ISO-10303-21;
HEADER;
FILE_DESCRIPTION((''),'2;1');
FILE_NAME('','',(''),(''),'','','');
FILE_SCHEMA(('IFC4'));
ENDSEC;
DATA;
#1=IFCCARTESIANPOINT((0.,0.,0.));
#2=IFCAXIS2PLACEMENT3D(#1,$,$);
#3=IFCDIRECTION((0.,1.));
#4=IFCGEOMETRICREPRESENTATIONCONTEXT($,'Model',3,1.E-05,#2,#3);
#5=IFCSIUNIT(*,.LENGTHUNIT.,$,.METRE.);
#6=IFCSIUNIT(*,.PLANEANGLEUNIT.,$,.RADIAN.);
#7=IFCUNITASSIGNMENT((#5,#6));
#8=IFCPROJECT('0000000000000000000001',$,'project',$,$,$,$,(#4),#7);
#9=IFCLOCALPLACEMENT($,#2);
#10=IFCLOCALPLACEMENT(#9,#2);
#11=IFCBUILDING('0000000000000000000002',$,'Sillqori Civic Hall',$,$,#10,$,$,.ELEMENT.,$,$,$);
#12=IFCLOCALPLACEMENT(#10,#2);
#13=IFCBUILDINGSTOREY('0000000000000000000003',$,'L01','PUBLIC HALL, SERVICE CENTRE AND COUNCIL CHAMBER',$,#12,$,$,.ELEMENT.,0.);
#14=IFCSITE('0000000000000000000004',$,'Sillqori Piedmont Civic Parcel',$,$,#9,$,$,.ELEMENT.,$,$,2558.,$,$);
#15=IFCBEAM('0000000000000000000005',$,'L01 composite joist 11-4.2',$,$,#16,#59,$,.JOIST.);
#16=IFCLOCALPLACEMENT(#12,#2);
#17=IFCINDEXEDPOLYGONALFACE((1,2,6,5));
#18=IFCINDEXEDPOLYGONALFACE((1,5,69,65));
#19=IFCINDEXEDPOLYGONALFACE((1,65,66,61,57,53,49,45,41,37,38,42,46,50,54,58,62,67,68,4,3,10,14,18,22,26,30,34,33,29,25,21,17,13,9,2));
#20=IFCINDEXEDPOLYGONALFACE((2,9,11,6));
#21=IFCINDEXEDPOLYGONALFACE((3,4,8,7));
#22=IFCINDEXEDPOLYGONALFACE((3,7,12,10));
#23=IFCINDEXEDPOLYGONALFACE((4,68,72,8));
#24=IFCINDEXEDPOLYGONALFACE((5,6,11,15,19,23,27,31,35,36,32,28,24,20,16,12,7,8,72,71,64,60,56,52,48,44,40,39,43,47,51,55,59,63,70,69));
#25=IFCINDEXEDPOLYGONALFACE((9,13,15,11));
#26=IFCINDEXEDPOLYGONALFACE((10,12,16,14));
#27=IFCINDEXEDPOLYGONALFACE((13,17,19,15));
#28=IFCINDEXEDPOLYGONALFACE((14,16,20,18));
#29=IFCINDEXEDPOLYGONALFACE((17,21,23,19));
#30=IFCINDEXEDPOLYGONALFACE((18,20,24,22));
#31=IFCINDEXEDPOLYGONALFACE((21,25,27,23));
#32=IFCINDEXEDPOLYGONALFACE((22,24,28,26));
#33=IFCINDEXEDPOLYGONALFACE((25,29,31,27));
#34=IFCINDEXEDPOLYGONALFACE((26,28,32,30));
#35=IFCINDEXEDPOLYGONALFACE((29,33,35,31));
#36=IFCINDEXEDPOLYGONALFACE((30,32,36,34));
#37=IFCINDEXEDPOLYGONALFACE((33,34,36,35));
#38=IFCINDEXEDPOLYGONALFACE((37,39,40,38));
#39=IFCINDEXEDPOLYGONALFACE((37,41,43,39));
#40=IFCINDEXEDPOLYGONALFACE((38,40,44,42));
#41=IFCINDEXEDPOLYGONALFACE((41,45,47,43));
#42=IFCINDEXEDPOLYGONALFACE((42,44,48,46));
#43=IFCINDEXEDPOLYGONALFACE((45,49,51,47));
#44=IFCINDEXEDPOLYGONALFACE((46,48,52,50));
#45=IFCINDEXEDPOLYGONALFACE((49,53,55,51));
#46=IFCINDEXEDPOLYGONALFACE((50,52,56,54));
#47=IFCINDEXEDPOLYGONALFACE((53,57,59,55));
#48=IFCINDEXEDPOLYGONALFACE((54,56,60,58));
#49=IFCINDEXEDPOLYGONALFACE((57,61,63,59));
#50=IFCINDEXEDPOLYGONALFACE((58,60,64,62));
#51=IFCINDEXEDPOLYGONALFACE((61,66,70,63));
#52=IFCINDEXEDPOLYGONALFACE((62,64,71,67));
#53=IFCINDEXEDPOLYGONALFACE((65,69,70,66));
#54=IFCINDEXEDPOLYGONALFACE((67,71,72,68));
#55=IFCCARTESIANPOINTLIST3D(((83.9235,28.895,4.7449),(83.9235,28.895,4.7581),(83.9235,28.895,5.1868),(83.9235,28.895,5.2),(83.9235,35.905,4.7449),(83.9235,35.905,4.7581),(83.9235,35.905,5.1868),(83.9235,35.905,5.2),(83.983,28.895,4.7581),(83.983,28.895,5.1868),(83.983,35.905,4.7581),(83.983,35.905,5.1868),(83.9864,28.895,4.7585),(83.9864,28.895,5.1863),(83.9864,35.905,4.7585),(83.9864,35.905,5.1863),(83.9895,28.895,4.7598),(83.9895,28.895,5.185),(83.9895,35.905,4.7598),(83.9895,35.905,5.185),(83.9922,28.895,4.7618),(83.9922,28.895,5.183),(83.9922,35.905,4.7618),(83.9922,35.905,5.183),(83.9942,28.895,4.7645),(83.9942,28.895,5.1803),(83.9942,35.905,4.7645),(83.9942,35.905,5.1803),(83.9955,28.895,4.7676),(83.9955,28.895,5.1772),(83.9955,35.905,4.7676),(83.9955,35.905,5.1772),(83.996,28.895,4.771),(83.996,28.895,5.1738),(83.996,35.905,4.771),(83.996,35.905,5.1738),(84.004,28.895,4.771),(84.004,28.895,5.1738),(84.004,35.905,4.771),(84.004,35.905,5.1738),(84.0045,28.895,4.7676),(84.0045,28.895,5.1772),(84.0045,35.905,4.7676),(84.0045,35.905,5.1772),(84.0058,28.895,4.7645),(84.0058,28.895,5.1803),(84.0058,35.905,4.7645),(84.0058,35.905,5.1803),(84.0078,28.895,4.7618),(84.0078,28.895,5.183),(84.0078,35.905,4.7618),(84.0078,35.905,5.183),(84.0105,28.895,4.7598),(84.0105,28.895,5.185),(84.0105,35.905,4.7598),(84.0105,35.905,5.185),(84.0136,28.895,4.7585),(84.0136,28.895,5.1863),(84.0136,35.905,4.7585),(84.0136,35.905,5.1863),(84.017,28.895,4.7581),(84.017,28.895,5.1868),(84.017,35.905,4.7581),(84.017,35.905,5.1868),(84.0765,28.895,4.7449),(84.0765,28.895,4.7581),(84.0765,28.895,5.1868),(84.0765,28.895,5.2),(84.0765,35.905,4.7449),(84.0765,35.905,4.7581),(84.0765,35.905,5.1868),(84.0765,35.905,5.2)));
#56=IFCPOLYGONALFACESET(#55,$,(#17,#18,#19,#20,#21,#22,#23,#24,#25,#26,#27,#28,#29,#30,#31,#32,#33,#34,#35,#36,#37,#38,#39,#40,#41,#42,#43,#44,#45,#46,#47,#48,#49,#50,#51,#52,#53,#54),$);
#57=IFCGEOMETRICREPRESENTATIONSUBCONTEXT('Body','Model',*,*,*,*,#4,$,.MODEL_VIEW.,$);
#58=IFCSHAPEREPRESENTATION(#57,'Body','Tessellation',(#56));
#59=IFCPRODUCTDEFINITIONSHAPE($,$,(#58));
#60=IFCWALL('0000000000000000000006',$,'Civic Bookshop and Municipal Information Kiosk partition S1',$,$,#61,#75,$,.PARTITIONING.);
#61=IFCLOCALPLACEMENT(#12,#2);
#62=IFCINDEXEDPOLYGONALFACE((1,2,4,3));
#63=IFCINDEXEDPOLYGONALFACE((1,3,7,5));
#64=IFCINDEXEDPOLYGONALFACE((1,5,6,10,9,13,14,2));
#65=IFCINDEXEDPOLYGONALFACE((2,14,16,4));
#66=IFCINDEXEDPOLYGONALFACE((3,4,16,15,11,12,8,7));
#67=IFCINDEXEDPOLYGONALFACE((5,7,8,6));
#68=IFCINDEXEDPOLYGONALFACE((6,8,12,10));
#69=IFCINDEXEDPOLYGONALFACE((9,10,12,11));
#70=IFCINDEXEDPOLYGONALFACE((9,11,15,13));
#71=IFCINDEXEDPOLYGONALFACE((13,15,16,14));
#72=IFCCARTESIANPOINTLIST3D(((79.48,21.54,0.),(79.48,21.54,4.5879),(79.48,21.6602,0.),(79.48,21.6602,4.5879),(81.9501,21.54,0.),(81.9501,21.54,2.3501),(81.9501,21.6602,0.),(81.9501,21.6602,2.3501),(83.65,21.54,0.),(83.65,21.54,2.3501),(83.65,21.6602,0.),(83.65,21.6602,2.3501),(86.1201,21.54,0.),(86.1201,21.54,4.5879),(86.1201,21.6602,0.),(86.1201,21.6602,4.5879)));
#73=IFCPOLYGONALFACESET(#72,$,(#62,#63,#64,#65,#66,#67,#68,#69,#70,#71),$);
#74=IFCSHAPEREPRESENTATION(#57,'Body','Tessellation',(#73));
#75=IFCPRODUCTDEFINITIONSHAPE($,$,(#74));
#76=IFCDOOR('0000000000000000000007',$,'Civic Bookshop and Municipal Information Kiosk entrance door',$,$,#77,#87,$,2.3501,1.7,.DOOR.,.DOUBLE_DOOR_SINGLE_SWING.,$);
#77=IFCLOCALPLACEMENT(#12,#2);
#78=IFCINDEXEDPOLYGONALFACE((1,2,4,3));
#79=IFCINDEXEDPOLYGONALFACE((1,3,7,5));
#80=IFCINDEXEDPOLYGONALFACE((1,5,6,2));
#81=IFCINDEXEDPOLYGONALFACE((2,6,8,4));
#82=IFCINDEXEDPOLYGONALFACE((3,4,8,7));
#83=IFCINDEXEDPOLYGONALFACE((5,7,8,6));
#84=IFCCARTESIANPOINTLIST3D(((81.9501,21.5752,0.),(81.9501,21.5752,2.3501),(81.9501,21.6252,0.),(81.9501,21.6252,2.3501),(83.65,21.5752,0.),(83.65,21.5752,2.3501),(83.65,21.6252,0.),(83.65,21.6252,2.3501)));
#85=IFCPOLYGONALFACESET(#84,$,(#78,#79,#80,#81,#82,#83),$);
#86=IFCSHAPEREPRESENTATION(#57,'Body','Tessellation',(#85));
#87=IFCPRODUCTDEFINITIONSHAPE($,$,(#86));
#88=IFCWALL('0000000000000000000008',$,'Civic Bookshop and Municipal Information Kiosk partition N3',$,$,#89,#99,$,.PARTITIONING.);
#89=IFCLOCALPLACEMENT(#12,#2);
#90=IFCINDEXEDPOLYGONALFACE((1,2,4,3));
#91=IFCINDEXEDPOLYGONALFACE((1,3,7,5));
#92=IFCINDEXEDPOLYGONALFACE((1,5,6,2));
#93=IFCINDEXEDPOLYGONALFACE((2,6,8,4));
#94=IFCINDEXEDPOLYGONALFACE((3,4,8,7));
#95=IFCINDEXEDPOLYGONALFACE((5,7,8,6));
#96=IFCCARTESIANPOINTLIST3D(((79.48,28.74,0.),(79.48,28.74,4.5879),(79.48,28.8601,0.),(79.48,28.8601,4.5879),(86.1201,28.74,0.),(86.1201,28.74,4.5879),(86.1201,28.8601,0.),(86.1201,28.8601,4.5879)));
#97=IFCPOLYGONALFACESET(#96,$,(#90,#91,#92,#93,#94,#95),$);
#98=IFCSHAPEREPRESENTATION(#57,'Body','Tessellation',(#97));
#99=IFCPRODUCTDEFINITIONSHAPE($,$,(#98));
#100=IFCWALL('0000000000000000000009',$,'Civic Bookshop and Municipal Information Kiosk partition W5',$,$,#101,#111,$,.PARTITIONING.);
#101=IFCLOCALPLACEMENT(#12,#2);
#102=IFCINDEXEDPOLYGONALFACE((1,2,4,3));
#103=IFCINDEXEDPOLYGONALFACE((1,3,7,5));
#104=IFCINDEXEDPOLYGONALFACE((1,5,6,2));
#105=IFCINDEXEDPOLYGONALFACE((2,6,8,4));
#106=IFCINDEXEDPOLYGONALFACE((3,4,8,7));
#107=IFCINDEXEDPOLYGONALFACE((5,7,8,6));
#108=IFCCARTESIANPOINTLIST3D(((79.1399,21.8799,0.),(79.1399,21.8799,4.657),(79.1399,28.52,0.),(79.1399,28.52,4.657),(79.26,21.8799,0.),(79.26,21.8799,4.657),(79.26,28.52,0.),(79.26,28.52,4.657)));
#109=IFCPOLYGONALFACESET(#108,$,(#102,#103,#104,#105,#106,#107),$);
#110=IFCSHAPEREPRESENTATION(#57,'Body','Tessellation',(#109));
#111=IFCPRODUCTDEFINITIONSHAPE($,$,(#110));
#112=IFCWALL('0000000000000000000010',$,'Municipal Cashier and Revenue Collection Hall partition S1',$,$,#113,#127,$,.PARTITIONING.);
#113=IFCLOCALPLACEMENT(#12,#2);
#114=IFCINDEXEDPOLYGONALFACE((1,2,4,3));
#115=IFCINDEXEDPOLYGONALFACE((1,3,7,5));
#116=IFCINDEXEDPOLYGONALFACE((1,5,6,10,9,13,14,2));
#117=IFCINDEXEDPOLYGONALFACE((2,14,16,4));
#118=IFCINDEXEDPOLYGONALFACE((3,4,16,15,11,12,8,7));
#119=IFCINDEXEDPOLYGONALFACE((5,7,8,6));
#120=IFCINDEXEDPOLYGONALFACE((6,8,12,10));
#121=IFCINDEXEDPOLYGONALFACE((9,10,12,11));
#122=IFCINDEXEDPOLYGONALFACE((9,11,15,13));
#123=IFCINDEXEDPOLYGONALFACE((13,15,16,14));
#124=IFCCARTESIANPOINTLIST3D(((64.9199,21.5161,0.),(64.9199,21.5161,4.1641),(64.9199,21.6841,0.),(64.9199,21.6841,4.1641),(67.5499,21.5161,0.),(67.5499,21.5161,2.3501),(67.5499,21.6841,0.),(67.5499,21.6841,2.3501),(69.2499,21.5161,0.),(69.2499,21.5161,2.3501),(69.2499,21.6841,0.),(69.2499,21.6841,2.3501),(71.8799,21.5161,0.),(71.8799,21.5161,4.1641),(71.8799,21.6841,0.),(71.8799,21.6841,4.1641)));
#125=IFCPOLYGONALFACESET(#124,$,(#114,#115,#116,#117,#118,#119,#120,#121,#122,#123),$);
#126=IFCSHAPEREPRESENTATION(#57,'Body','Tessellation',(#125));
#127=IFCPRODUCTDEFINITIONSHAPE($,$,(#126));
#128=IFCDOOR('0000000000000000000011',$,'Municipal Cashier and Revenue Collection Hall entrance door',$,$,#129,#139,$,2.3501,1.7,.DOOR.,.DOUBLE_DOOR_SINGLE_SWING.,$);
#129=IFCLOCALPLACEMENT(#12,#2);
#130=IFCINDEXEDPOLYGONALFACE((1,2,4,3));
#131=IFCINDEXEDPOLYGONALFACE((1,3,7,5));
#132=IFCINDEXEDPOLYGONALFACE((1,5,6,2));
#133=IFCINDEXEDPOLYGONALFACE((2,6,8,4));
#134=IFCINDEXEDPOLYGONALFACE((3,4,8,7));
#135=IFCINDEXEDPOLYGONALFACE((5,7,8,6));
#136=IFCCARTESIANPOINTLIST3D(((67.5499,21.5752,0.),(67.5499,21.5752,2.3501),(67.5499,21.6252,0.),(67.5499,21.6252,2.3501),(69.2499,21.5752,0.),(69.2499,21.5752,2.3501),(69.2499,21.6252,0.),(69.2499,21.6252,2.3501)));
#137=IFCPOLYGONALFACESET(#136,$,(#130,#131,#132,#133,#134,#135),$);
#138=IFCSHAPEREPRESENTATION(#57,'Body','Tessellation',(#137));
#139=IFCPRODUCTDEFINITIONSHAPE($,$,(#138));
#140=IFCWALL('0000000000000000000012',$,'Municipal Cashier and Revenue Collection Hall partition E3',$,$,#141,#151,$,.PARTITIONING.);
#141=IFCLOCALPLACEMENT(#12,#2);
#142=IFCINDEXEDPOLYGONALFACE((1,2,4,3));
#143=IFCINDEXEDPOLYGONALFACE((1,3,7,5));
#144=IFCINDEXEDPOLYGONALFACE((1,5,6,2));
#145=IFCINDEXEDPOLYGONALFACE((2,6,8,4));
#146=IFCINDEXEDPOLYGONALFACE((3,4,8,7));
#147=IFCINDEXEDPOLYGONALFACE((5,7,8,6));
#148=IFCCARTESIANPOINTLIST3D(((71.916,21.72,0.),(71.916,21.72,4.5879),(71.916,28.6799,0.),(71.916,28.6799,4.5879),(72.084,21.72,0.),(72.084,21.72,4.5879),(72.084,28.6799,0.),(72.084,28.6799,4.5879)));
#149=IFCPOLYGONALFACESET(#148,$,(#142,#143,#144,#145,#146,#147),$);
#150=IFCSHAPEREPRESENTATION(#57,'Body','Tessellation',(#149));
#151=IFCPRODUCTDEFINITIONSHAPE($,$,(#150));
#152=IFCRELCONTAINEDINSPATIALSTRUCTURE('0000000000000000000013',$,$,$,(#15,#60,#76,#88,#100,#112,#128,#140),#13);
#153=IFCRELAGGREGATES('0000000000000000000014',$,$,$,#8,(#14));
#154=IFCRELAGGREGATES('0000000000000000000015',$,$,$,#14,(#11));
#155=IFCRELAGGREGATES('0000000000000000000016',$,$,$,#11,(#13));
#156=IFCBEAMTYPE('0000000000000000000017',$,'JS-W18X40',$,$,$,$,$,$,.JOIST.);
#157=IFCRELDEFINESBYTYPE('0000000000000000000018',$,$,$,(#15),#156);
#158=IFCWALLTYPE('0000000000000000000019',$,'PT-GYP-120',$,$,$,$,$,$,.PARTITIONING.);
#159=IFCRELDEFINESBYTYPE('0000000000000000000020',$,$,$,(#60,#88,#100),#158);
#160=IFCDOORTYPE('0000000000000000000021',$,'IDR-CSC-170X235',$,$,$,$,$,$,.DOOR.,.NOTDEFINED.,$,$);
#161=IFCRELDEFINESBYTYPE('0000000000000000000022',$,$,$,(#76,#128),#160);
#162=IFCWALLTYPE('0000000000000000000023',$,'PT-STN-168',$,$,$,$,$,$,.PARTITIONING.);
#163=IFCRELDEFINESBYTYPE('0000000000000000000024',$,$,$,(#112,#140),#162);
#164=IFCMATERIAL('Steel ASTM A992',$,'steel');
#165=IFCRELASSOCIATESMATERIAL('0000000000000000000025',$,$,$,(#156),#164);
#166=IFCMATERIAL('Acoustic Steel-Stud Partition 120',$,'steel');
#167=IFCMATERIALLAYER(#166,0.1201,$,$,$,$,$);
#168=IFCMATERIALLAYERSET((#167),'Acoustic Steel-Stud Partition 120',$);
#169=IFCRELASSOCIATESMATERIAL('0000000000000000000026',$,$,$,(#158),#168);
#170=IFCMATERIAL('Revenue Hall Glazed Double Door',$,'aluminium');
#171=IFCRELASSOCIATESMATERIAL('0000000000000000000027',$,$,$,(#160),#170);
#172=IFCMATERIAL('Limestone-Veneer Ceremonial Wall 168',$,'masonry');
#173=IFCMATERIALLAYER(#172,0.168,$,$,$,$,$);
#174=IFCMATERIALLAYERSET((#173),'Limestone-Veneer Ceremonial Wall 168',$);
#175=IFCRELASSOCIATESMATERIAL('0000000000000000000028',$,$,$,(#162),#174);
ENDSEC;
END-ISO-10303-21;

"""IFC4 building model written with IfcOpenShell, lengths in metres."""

from ifc_helpers import new_model, si_unit, direction, frame, frame_2d, origin, origin_2d, place, context, subcontext, project, spatial, rectangle, i_section, extrude, material, layer, layer_set, material_profile, profile_set, type_object, element, fill, save


model = new_model("IFC4")

# Units and contexts
model_context = context("Model", 3, precision=1e-05, world=origin(), true_north=direction((0.0, 1.0)))
body_context = subcontext(model_context, "Body", "Model", "MODEL_VIEW")
ifc_project = project(units=[si_unit("LENGTHUNIT", "METRE"), si_unit("PLANEANGLEUNIT", "RADIAN")], contexts=[model_context])

# Site, building, storey
site_placement = place(None, origin())
site = spatial("IfcSite", under=ifc_project, at=site_placement, Name="Sillqori Piedmont Civic Parcel", CompositionType="ELEMENT", RefElevation=2558.0)
building_placement = place(site_placement, origin())
building = spatial("IfcBuilding", under=site, at=building_placement, Name="Sillqori Civic Hall", CompositionType="ELEMENT")
storey_placement = place(building_placement, origin())
storey = spatial("IfcBuildingStorey", under=building, at=storey_placement, Name="L01", Description="PUBLIC HALL, SERVICE CENTRE AND COUNCIL CHAMBER", CompositionType="ELEMENT", Elevation=0.0)

# Shared definitions
ifc_material_1 = material(Name="Steel ASTM A992", Category="steel")

# Beam
ifc_material_profile_1 = material_profile(ifc_material_1, i_section(OverallWidth=0.1531, OverallDepth=0.4551, WebThickness=0.0081, FlangeThickness=0.0132, FilletRadius=0.0129, at=origin_2d()), Name="W18X40")
ifc_profile_set_1 = profile_set([ifc_material_profile_1], Name="Steel ASTM A992")
beam_type_1 = type_object("IfcBeamType", Name="JS-W18X40", PredefinedType="JOIST", material=ifc_profile_set_1)
for number, where, z_axis, x_axis, name in (
    (1, (84.0, 28.895, 4.9724), (0.0, 1.0, 0.0), (-1.0, 0.0, 0.0), "L01 composite joist 11-4.2"),
):
    element("IfcBeam", number, at=place(storey_placement, frame(where, z_axis=z_axis, x_axis=x_axis)), inside=storey, type_object=beam_type_1, Name=name, PredefinedType="JOIST", context=body_context, shape_type="SweptSolid", body=[
        extrude(i_section(OverallWidth=0.1531, OverallDepth=0.4551, WebThickness=0.0081, FlangeThickness=0.0132, FilletRadius=0.0129, at=origin_2d()), origin(), (0.0, 0.0, 1.0), 7.01),
    ])

# Wall, opening, door
ifc_material_2 = material(Name="Acoustic Steel-Stud Partition 120", Category="steel")
ifc_layer_1 = layer(ifc_material_2, 0.1201)
ifc_layer_set_1 = layer_set([ifc_layer_1], Name="Acoustic Steel-Stud Partition 120")
wall_type_1 = type_object("IfcWallType", Name="PT-GYP-120", PredefinedType="PARTITIONING", material=ifc_layer_set_1)
wall_1_placement = place(storey_placement, frame((86.1201, 21.6001, 0.0), z_axis=(0.0, 0.0, 1.0), x_axis=(-1.0, 0.0, 0.0)))
wall_1 = element("IfcWall", 2, at=wall_1_placement, inside=storey, type_object=wall_type_1, Name="Civic Bookshop and Municipal Information Kiosk partition S1", PredefinedType="PARTITIONING", context=body_context, shape_type="SweptSolid", body=[
    extrude(rectangle(XDim=6.6401, YDim=0.1201, at=frame_2d((3.3201, 0.0))), origin(), (0.0, 0.0, 1.0), 4.5879),
])
opening_1_placement = place(wall_1_placement, frame((2.47, 0.0, 0.0)))
opening_1 = element("IfcOpeningElement", 3, at=opening_1_placement, cuts=wall_1, PredefinedType="OPENING", context=body_context, shape_type="SweptSolid", body=[
    extrude(rectangle(XDim=1.7, YDim=2.3501, at=frame_2d((0.8501, 1.175))), frame((0.0, 0.0701, 0.0), z_axis=(0.0, -1.0, 0.0), x_axis=(1.0, 0.0, 0.0)), (0.0, 0.0, 1.0), 0.1401),
])
ifc_material_3 = material(Name="Revenue Hall Glazed Double Door", Category="aluminium")
door_type = type_object("IfcDoorType", Name="IDR-CSC-170X235", OperationType="NOTDEFINED", PredefinedType="DOOR", material=ifc_material_3)
door_1_placement = place(opening_1_placement, origin())
door_1 = element("IfcDoor", 4, at=door_1_placement, inside=storey, type_object=door_type, Name="Civic Bookshop and Municipal Information Kiosk entrance door", OperationType="DOUBLE_DOOR_SINGLE_SWING", OverallHeight=2.3501, OverallWidth=1.7, PredefinedType="DOOR", context=body_context, shape_type="SweptSolid", body=[
    extrude(rectangle(XDim=1.7, YDim=2.3501, at=frame_2d((0.8501, 1.175))), frame((0.0, 0.0249, 0.0), z_axis=(0.0, -1.0, 0.0), x_axis=(1.0, 0.0, 0.0)), (0.0, 0.0, 1.0), 0.05),
])
fill(opening_1, door_1)

# Walls
wall_2_placement = place(storey_placement, frame((79.48, 28.8, 0.0), z_axis=(0.0, 0.0, 1.0), x_axis=(1.0, 0.0, 0.0)))
element("IfcWall", 5, at=wall_2_placement, inside=storey, type_object=wall_type_1, Name="Civic Bookshop and Municipal Information Kiosk partition N3", PredefinedType="PARTITIONING", context=body_context, shape_type="SweptSolid", body=[
    extrude(rectangle(XDim=6.6401, YDim=0.1201, at=frame_2d((3.3201, 0.0))), origin(), (0.0, 0.0, 1.0), 4.5879),
])
wall_3_placement = place(storey_placement, frame((79.2, 21.8799, 0.0), z_axis=(0.0, 0.0, 1.0), x_axis=(0.0, 1.0, 0.0)))
element("IfcWall", 6, at=wall_3_placement, inside=storey, type_object=wall_type_1, Name="Civic Bookshop and Municipal Information Kiosk partition W5", PredefinedType="PARTITIONING", context=body_context, shape_type="SweptSolid", body=[
    extrude(rectangle(XDim=6.6401, YDim=0.1201, at=frame_2d((3.3201, 0.0))), origin(), (0.0, 0.0, 1.0), 4.657),
])

# Wall, opening, door
ifc_material_4 = material(Name="Limestone-Veneer Ceremonial Wall 168", Category="masonry")
ifc_layer_2 = layer(ifc_material_4, 0.168)
ifc_layer_set_2 = layer_set([ifc_layer_2], Name="Limestone-Veneer Ceremonial Wall 168")
wall_type_2 = type_object("IfcWallType", Name="PT-STN-168", PredefinedType="PARTITIONING", material=ifc_layer_set_2)
wall_4_placement = place(storey_placement, frame((71.8799, 21.6001, 0.0), z_axis=(0.0, 0.0, 1.0), x_axis=(-1.0, 0.0, 0.0)))
wall_4 = element("IfcWall", 7, at=wall_4_placement, inside=storey, type_object=wall_type_2, Name="Municipal Cashier and Revenue Collection Hall partition S1", PredefinedType="PARTITIONING", context=body_context, shape_type="SweptSolid", body=[
    extrude(rectangle(XDim=6.96, YDim=0.168, at=frame_2d((3.48, 0.0))), origin(), (0.0, 0.0, 1.0), 4.1641),
])
opening_2_placement = place(wall_4_placement, frame((2.6299, 0.0, 0.0)))
opening_2 = element("IfcOpeningElement", 8, at=opening_2_placement, cuts=wall_4, PredefinedType="OPENING", context=body_context, shape_type="SweptSolid", body=[
    extrude(rectangle(XDim=1.7, YDim=2.3501, at=frame_2d((0.8501, 1.175))), frame((0.0, 0.094, 0.0), z_axis=(0.0, -1.0, 0.0), x_axis=(1.0, 0.0, 0.0)), (0.0, 0.0, 1.0), 0.188),
])
door_2_placement = place(opening_2_placement, origin())
door_2 = element("IfcDoor", 9, at=door_2_placement, inside=storey, type_object=door_type, Name="Municipal Cashier and Revenue Collection Hall entrance door", OperationType="DOUBLE_DOOR_SINGLE_SWING", OverallHeight=2.3501, OverallWidth=1.7, PredefinedType="DOOR", context=body_context, shape_type="SweptSolid", body=[
    extrude(rectangle(XDim=1.7, YDim=2.3501, at=frame_2d((0.8501, 1.175))), frame((0.0, 0.0249, 0.0), z_axis=(0.0, -1.0, 0.0), x_axis=(1.0, 0.0, 0.0)), (0.0, 0.0, 1.0), 0.05),
])
fill(opening_2, door_2)

# Wall
wall_5_placement = place(storey_placement, frame((72.0, 28.6799, 0.0), z_axis=(0.0, 0.0, 1.0), x_axis=(0.0, -1.0, 0.0)))
element("IfcWall", 10, at=wall_5_placement, inside=storey, type_object=wall_type_2, Name="Municipal Cashier and Revenue Collection Hall partition E3", PredefinedType="PARTITIONING", context=body_context, shape_type="SweptSolid", body=[
    extrude(rectangle(XDim=6.96, YDim=0.168, at=frame_2d((3.48, 0.0))), origin(), (0.0, 0.0, 1.0), 4.5879),
])

save(model, "model.ifc")
